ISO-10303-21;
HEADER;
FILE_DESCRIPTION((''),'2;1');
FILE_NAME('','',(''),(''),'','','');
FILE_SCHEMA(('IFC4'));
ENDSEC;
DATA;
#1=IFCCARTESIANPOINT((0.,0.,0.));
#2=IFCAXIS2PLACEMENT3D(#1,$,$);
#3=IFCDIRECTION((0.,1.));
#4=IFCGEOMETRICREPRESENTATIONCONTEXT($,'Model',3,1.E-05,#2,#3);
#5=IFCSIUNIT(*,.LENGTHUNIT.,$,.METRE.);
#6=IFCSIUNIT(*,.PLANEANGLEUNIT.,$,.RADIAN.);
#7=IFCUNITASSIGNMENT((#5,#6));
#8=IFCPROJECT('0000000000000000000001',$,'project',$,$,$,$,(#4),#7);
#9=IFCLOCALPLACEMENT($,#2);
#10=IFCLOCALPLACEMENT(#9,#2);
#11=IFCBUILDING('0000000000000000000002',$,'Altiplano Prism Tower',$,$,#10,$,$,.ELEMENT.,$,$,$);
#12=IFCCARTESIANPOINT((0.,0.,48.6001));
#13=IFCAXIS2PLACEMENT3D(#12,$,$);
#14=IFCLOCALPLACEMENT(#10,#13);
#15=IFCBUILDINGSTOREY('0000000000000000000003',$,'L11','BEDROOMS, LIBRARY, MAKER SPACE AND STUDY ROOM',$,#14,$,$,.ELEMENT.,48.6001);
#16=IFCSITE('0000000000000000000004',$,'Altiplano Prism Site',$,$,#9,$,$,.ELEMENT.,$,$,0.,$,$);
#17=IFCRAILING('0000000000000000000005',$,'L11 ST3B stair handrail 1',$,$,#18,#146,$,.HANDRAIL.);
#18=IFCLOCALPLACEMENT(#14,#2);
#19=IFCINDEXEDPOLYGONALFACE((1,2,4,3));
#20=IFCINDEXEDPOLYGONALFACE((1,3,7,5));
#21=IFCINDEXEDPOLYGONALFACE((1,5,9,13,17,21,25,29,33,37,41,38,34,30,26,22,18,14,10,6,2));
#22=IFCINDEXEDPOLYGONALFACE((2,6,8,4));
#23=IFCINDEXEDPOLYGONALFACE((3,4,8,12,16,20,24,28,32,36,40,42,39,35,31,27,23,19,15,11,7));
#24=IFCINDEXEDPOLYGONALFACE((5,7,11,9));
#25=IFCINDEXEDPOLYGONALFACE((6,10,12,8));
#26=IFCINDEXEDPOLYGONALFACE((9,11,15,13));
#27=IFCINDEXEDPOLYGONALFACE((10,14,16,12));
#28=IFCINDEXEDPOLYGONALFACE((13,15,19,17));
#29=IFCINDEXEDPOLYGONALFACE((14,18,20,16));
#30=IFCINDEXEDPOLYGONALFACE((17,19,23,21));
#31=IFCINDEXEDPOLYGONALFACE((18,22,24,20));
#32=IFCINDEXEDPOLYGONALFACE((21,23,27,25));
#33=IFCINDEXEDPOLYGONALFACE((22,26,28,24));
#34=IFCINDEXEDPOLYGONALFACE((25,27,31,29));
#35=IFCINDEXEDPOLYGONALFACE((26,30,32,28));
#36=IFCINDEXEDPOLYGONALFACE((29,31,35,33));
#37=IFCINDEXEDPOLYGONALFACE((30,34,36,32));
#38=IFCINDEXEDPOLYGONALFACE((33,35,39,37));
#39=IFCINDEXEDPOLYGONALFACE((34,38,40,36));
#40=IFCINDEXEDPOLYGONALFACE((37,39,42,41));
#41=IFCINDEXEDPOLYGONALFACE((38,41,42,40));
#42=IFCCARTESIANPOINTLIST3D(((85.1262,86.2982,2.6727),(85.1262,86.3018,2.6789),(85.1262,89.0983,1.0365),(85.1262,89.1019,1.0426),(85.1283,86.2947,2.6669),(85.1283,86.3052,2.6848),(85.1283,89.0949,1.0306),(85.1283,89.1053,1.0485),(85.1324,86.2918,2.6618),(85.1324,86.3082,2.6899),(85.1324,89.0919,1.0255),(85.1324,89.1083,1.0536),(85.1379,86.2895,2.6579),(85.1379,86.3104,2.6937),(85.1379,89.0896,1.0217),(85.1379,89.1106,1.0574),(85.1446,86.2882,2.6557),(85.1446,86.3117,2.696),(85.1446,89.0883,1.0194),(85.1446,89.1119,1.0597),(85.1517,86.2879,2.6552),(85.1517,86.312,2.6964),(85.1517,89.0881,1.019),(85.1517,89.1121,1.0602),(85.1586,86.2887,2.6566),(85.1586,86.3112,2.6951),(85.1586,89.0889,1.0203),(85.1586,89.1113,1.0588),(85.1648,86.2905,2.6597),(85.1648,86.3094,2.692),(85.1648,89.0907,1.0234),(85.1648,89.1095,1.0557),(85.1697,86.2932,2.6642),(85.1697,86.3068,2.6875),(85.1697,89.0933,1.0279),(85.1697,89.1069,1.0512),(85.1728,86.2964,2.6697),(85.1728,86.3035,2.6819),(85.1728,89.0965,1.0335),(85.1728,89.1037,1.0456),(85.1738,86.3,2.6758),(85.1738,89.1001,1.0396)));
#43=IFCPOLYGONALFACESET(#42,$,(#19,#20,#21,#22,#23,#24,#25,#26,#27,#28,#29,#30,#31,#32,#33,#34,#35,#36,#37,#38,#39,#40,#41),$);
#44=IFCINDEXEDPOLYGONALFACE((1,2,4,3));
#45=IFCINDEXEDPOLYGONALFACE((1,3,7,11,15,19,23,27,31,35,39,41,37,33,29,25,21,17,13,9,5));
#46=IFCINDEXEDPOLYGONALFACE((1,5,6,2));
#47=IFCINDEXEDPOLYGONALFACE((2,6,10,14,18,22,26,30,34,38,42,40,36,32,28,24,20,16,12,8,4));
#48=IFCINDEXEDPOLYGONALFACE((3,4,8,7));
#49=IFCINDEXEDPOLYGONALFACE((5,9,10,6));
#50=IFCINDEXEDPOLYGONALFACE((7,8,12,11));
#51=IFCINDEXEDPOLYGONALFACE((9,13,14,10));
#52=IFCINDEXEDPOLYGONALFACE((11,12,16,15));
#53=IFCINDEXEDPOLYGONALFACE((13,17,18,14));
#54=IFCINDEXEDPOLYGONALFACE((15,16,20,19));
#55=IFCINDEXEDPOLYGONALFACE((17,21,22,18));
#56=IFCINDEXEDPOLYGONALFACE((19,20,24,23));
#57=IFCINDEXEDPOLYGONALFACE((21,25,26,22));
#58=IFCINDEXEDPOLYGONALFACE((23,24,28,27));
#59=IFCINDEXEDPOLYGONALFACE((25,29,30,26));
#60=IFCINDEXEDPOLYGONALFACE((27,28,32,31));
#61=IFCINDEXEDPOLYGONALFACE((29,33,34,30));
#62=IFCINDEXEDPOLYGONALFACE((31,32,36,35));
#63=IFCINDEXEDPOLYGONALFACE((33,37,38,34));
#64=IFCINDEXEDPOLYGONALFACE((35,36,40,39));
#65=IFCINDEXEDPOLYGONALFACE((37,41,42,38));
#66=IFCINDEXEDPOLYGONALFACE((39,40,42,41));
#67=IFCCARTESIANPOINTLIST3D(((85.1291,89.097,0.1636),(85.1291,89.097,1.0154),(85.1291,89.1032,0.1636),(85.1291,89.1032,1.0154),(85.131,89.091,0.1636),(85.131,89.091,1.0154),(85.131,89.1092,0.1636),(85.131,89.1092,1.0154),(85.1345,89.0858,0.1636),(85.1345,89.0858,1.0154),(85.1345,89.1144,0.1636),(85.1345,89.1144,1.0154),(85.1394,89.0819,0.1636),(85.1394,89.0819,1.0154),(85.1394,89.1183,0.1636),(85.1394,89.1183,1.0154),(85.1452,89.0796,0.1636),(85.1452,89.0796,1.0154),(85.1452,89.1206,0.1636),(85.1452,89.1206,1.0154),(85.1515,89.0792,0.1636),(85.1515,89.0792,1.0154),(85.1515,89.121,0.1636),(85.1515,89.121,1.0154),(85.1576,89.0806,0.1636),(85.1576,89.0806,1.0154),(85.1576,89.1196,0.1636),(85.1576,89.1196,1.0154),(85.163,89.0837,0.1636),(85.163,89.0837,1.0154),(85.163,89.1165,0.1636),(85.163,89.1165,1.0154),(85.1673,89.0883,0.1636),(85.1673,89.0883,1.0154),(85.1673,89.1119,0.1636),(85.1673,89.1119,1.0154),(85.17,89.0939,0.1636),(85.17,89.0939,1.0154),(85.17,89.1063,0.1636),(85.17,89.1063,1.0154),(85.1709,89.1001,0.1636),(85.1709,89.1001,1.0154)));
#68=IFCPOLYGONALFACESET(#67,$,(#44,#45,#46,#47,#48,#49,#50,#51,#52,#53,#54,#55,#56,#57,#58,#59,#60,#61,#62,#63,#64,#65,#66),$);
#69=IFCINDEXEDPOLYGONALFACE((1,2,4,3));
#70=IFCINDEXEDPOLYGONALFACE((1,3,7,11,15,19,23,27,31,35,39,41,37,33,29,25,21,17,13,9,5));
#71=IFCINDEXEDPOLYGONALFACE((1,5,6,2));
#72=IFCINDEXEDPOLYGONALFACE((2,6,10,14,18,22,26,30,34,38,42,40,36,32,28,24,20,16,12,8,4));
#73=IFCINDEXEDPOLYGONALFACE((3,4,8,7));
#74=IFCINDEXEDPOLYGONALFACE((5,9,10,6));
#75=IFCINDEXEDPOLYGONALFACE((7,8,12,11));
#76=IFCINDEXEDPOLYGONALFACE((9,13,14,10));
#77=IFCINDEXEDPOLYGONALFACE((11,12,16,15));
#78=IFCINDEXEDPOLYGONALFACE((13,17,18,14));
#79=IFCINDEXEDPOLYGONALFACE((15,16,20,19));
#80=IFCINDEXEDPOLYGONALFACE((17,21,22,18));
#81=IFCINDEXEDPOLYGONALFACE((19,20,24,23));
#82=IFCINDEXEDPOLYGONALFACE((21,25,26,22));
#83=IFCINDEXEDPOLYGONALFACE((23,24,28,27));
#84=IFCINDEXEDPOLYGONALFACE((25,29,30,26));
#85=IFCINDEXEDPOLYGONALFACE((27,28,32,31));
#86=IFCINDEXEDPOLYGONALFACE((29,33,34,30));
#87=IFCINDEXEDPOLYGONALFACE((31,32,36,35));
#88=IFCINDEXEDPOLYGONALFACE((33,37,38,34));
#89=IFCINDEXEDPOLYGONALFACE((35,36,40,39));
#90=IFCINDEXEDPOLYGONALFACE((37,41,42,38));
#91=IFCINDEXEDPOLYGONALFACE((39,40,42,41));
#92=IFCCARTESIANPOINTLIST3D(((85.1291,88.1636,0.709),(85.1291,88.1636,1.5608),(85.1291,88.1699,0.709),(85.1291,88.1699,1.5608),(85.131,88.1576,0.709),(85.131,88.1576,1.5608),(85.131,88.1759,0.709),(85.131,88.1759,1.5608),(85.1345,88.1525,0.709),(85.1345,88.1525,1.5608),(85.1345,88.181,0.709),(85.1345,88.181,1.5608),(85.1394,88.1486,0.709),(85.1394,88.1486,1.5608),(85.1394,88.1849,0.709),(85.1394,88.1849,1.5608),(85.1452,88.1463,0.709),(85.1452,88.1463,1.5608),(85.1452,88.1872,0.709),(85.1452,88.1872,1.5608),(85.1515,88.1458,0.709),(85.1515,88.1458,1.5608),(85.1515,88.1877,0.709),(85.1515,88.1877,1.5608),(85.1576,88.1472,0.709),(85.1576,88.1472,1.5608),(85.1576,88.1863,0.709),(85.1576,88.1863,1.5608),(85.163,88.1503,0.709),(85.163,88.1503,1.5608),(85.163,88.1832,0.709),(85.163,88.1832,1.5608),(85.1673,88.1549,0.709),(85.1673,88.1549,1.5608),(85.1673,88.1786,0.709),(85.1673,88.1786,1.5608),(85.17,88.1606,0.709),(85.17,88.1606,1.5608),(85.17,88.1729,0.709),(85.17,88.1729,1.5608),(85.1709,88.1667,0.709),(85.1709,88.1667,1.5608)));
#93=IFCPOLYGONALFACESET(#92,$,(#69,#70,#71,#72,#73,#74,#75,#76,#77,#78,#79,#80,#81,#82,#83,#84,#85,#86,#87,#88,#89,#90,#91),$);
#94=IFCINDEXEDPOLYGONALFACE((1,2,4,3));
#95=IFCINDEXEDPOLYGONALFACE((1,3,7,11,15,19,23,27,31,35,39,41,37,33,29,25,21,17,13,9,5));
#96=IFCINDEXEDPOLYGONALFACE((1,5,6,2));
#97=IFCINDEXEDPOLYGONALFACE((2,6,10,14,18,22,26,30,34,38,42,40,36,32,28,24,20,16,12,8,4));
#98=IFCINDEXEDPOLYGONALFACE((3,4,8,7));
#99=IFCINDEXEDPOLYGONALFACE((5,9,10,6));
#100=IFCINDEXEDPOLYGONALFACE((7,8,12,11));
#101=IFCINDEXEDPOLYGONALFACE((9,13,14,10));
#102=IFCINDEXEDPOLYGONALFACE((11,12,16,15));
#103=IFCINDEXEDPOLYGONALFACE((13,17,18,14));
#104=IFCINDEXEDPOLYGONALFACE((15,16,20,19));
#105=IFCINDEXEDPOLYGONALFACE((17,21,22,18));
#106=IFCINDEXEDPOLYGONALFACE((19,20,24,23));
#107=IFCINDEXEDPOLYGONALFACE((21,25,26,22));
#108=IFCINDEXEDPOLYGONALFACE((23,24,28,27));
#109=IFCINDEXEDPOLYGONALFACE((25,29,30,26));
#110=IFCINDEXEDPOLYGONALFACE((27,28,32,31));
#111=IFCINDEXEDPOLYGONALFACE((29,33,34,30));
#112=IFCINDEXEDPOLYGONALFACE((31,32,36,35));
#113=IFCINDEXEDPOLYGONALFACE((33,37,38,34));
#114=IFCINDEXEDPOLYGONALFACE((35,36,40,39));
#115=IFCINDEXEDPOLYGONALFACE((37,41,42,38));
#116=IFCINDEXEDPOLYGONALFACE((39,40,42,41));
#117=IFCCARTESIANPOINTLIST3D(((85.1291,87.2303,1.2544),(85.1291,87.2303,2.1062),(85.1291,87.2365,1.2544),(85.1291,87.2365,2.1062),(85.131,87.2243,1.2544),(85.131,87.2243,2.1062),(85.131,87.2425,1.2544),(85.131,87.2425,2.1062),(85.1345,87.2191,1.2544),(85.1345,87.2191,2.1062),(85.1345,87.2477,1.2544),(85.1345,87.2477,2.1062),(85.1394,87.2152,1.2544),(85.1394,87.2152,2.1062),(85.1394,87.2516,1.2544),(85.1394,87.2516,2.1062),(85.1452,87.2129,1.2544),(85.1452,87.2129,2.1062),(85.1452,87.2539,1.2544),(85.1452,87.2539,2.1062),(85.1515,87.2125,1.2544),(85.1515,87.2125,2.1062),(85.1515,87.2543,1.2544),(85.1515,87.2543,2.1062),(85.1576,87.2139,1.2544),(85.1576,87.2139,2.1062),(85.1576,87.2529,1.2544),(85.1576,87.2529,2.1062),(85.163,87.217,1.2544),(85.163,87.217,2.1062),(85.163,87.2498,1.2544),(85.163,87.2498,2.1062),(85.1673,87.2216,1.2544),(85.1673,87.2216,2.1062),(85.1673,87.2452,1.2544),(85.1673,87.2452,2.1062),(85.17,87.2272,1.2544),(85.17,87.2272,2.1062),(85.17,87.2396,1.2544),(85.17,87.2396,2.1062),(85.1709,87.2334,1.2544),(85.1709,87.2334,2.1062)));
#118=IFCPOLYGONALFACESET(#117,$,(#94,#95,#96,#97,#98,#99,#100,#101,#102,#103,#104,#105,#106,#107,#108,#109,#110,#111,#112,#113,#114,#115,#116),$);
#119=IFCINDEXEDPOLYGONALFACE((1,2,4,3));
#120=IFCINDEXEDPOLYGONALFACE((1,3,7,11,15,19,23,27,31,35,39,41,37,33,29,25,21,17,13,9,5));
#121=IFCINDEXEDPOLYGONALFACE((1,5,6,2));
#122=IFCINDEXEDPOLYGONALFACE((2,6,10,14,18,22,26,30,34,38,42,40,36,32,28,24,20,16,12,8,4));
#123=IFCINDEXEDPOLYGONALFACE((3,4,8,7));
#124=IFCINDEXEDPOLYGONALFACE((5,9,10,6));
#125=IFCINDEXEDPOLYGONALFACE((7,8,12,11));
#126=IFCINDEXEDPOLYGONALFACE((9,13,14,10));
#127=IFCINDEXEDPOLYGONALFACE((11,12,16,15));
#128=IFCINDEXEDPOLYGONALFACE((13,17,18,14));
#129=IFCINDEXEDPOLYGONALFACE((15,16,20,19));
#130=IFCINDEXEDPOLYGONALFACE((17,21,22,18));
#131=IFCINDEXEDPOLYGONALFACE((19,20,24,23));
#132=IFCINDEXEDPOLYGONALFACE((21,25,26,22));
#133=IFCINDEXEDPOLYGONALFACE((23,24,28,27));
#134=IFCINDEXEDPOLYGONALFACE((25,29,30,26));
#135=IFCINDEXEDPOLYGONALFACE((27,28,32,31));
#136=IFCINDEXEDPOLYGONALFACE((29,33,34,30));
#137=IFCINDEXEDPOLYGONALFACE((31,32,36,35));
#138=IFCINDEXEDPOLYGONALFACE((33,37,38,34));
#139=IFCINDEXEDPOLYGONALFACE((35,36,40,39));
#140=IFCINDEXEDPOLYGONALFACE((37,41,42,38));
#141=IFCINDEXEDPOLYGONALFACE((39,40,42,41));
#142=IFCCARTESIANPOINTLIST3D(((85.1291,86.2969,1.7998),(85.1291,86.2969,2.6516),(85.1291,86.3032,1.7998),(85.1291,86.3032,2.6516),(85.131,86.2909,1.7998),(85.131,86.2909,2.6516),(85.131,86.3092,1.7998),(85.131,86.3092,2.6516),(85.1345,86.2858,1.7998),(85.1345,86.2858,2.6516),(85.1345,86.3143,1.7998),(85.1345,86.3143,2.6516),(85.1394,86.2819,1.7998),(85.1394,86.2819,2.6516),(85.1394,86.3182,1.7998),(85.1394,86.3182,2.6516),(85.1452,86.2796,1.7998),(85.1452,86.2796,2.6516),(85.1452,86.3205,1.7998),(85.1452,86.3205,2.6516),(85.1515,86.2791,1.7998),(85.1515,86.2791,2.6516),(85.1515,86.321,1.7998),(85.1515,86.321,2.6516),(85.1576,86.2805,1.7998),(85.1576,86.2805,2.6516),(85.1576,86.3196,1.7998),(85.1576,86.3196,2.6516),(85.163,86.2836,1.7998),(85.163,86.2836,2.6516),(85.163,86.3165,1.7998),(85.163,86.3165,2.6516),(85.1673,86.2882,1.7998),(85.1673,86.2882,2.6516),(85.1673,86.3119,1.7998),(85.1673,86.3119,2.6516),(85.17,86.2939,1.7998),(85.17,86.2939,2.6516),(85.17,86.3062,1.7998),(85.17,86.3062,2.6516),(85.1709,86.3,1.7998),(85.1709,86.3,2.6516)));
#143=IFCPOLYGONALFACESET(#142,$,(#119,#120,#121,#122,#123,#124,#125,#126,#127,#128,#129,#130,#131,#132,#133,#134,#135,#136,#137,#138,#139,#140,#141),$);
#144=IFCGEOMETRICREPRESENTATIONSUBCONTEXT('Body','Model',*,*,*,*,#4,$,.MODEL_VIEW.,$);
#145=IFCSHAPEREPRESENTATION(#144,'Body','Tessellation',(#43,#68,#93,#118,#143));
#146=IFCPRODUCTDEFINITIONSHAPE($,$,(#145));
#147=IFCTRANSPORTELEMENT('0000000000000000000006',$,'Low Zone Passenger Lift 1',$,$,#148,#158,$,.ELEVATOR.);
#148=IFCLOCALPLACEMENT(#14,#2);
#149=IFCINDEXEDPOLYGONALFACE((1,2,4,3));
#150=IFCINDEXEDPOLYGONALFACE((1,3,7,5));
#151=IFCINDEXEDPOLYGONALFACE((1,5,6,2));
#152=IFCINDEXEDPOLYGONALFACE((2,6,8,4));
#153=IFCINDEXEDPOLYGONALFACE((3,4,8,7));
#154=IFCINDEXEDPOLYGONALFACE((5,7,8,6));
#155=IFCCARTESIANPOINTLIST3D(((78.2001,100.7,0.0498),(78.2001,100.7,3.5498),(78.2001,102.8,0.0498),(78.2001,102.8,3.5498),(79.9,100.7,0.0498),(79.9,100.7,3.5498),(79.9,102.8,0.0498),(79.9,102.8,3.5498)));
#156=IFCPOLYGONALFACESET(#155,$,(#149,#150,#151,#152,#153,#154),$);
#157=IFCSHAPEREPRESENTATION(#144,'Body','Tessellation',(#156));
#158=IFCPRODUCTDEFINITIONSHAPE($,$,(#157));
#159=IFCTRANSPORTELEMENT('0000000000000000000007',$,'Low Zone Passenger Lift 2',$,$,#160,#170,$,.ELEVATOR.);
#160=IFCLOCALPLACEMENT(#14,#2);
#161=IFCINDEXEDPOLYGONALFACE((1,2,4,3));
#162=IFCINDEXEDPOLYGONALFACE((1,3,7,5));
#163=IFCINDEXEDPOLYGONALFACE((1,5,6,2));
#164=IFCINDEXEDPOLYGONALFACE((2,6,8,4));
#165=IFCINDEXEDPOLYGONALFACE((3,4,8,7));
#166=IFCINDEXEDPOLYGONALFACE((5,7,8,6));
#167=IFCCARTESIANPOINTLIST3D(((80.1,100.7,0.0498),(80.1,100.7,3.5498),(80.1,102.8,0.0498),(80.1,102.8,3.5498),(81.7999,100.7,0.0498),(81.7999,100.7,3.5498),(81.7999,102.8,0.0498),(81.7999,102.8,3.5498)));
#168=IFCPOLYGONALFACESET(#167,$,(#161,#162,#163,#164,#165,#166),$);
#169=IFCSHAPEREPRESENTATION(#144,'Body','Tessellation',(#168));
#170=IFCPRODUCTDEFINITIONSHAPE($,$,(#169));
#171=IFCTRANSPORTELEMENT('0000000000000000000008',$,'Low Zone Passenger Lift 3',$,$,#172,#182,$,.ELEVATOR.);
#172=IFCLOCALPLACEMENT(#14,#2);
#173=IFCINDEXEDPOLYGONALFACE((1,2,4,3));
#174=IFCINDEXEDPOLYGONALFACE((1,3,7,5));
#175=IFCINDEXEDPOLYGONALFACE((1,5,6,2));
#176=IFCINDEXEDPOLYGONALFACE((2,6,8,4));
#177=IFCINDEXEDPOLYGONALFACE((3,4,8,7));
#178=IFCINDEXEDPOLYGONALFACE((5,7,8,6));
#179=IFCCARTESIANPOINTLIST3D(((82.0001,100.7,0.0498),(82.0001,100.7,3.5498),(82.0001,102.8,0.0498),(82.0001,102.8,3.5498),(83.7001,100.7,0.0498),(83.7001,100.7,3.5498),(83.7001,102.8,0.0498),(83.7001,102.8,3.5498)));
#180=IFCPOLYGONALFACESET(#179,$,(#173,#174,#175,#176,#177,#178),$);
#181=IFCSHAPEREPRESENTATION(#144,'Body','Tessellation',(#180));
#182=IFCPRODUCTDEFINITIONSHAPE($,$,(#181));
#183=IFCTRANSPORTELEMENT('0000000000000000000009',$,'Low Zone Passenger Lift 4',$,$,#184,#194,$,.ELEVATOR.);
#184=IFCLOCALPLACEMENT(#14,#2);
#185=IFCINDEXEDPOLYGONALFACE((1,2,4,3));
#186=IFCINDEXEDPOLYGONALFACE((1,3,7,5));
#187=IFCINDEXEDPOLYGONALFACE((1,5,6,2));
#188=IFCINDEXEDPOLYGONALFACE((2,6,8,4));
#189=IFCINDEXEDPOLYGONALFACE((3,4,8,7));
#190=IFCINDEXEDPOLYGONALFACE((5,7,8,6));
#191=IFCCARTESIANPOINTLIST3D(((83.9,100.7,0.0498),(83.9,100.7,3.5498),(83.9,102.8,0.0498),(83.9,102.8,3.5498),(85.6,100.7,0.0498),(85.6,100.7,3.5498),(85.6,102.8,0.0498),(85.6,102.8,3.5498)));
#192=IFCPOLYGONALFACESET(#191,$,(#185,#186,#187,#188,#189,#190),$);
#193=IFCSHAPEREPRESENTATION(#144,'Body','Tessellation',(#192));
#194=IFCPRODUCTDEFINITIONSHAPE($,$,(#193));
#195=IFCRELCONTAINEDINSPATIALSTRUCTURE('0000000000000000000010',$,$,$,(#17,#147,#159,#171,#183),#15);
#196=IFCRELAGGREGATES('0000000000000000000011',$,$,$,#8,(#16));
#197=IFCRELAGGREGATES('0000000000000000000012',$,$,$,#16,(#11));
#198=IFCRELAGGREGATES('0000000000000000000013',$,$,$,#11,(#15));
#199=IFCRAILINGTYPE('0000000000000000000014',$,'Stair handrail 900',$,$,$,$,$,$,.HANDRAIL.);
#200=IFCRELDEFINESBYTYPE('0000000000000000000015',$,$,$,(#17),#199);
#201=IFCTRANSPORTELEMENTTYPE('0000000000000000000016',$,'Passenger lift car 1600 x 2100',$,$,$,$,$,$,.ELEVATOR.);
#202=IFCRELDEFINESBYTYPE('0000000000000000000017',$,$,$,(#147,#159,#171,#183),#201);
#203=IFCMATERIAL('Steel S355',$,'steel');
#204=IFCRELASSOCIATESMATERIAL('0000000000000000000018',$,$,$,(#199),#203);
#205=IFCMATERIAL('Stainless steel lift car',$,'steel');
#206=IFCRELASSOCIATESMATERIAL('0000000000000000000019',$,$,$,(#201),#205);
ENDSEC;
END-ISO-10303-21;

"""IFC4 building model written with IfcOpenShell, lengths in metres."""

from ifc_helpers import new_model, si_unit, direction, frame, origin, origin_2d, place, context, subcontext, project, spatial, rectangle, circle, extrude, material, type_object, element, save


model = new_model("IFC4")

# Units and contexts
model_context = context("Model", 3, precision=1e-05, world=origin(), true_north=direction((0.0, 1.0)))
body_context = subcontext(model_context, "Body", "Model", "MODEL_VIEW")
ifc_project = project(units=[si_unit("LENGTHUNIT", "METRE"), si_unit("PLANEANGLEUNIT", "RADIAN")], contexts=[model_context])

# Site, building, storey
site_placement = place(None, origin())
site = spatial("IfcSite", under=ifc_project, at=site_placement, Name="Altiplano Prism Site", CompositionType="ELEMENT", RefElevation=0.0)
building_placement = place(site_placement, origin())
building = spatial("IfcBuilding", under=site, at=building_placement, Name="Altiplano Prism Tower", CompositionType="ELEMENT")
storey_placement = place(building_placement, frame((0.0, 0.0, 48.6001)))
storey = spatial("IfcBuildingStorey", under=building, at=storey_placement, Name="L11", Description="BEDROOMS, LIBRARY, MAKER SPACE AND STUDY ROOM", CompositionType="ELEMENT", Elevation=48.6001)

# Railing
ifc_material_1 = material(Name="Steel S355", Category="steel")
railing_type_1 = type_object("IfcRailingType", Name="Stair handrail 900", PredefinedType="HANDRAIL", material=ifc_material_1)
railing_1_placement = place(storey_placement, frame((85.1499, 89.1001, 0.1636)))
element("IfcRailing", 1, at=railing_1_placement, inside=storey, type_object=railing_type_1, Name="L11 ST3B stair handrail 1", PredefinedType="HANDRAIL", context=body_context, shape_type="SweptSolid", body=[
    extrude(circle(Radius=0.0239, at=origin_2d()), frame((0.0, 0.0, 0.876), z_axis=(0.0, -0.863394, 0.504531), x_axis=(1.0, 0.0, 0.0)), (0.0, 0.0, 1.0), 3.2432),
    extrude(circle(Radius=0.021, at=origin_2d()), origin(), (0.0, 0.0, 1.0), 0.8518),
    extrude(circle(Radius=0.021, at=origin_2d()), frame((0.0, -0.9333, 0.5454)), (0.0, 0.0, 1.0), 0.8518),
    extrude(circle(Radius=0.021, at=origin_2d()), frame((0.0, -1.8667, 1.0908)), (0.0, 0.0, 1.0), 0.8518),
    extrude(circle(Radius=0.021, at=origin_2d()), frame((0.0, -2.8, 1.6362)), (0.0, 0.0, 1.0), 0.8518),
])

# Transport elements
ifc_material_2 = material(Name="Stainless steel lift car", Category="steel")
transport_element_type = type_object("IfcTransportElementType", Name="Passenger lift car 1600 x 2100", PredefinedType="ELEVATOR", material=ifc_material_2)
for number, where, z_axis, x_axis, name in (
    (2, (79.05, 101.75, 0.0498), (0.0, 0.0, 1.0), (1.0, 0.0, 0.0), "Low Zone Passenger Lift 1"),
    (3, (80.95, 101.75, 0.0498), (0.0, 0.0, 1.0), (1.0, 0.0, 0.0), "Low Zone Passenger Lift 2"),
    (4, (82.8501, 101.75, 0.0498), (0.0, 0.0, 1.0), (1.0, 0.0, 0.0), "Low Zone Passenger Lift 3"),
    (5, (84.75, 101.75, 0.0498), (0.0, 0.0, 1.0), (1.0, 0.0, 0.0), "Low Zone Passenger Lift 4"),
):
    element("IfcTransportElement", number, at=place(storey_placement, frame(where, z_axis=z_axis, x_axis=x_axis)), inside=storey, type_object=transport_element_type, Name=name, PredefinedType="ELEVATOR", context=body_context, shape_type="SweptSolid", body=[
        extrude(rectangle(XDim=1.7, YDim=2.1001, at=origin_2d()), origin(), (0.0, 0.0, 1.0), 3.5),
    ])

save(model, "model.ifc")
